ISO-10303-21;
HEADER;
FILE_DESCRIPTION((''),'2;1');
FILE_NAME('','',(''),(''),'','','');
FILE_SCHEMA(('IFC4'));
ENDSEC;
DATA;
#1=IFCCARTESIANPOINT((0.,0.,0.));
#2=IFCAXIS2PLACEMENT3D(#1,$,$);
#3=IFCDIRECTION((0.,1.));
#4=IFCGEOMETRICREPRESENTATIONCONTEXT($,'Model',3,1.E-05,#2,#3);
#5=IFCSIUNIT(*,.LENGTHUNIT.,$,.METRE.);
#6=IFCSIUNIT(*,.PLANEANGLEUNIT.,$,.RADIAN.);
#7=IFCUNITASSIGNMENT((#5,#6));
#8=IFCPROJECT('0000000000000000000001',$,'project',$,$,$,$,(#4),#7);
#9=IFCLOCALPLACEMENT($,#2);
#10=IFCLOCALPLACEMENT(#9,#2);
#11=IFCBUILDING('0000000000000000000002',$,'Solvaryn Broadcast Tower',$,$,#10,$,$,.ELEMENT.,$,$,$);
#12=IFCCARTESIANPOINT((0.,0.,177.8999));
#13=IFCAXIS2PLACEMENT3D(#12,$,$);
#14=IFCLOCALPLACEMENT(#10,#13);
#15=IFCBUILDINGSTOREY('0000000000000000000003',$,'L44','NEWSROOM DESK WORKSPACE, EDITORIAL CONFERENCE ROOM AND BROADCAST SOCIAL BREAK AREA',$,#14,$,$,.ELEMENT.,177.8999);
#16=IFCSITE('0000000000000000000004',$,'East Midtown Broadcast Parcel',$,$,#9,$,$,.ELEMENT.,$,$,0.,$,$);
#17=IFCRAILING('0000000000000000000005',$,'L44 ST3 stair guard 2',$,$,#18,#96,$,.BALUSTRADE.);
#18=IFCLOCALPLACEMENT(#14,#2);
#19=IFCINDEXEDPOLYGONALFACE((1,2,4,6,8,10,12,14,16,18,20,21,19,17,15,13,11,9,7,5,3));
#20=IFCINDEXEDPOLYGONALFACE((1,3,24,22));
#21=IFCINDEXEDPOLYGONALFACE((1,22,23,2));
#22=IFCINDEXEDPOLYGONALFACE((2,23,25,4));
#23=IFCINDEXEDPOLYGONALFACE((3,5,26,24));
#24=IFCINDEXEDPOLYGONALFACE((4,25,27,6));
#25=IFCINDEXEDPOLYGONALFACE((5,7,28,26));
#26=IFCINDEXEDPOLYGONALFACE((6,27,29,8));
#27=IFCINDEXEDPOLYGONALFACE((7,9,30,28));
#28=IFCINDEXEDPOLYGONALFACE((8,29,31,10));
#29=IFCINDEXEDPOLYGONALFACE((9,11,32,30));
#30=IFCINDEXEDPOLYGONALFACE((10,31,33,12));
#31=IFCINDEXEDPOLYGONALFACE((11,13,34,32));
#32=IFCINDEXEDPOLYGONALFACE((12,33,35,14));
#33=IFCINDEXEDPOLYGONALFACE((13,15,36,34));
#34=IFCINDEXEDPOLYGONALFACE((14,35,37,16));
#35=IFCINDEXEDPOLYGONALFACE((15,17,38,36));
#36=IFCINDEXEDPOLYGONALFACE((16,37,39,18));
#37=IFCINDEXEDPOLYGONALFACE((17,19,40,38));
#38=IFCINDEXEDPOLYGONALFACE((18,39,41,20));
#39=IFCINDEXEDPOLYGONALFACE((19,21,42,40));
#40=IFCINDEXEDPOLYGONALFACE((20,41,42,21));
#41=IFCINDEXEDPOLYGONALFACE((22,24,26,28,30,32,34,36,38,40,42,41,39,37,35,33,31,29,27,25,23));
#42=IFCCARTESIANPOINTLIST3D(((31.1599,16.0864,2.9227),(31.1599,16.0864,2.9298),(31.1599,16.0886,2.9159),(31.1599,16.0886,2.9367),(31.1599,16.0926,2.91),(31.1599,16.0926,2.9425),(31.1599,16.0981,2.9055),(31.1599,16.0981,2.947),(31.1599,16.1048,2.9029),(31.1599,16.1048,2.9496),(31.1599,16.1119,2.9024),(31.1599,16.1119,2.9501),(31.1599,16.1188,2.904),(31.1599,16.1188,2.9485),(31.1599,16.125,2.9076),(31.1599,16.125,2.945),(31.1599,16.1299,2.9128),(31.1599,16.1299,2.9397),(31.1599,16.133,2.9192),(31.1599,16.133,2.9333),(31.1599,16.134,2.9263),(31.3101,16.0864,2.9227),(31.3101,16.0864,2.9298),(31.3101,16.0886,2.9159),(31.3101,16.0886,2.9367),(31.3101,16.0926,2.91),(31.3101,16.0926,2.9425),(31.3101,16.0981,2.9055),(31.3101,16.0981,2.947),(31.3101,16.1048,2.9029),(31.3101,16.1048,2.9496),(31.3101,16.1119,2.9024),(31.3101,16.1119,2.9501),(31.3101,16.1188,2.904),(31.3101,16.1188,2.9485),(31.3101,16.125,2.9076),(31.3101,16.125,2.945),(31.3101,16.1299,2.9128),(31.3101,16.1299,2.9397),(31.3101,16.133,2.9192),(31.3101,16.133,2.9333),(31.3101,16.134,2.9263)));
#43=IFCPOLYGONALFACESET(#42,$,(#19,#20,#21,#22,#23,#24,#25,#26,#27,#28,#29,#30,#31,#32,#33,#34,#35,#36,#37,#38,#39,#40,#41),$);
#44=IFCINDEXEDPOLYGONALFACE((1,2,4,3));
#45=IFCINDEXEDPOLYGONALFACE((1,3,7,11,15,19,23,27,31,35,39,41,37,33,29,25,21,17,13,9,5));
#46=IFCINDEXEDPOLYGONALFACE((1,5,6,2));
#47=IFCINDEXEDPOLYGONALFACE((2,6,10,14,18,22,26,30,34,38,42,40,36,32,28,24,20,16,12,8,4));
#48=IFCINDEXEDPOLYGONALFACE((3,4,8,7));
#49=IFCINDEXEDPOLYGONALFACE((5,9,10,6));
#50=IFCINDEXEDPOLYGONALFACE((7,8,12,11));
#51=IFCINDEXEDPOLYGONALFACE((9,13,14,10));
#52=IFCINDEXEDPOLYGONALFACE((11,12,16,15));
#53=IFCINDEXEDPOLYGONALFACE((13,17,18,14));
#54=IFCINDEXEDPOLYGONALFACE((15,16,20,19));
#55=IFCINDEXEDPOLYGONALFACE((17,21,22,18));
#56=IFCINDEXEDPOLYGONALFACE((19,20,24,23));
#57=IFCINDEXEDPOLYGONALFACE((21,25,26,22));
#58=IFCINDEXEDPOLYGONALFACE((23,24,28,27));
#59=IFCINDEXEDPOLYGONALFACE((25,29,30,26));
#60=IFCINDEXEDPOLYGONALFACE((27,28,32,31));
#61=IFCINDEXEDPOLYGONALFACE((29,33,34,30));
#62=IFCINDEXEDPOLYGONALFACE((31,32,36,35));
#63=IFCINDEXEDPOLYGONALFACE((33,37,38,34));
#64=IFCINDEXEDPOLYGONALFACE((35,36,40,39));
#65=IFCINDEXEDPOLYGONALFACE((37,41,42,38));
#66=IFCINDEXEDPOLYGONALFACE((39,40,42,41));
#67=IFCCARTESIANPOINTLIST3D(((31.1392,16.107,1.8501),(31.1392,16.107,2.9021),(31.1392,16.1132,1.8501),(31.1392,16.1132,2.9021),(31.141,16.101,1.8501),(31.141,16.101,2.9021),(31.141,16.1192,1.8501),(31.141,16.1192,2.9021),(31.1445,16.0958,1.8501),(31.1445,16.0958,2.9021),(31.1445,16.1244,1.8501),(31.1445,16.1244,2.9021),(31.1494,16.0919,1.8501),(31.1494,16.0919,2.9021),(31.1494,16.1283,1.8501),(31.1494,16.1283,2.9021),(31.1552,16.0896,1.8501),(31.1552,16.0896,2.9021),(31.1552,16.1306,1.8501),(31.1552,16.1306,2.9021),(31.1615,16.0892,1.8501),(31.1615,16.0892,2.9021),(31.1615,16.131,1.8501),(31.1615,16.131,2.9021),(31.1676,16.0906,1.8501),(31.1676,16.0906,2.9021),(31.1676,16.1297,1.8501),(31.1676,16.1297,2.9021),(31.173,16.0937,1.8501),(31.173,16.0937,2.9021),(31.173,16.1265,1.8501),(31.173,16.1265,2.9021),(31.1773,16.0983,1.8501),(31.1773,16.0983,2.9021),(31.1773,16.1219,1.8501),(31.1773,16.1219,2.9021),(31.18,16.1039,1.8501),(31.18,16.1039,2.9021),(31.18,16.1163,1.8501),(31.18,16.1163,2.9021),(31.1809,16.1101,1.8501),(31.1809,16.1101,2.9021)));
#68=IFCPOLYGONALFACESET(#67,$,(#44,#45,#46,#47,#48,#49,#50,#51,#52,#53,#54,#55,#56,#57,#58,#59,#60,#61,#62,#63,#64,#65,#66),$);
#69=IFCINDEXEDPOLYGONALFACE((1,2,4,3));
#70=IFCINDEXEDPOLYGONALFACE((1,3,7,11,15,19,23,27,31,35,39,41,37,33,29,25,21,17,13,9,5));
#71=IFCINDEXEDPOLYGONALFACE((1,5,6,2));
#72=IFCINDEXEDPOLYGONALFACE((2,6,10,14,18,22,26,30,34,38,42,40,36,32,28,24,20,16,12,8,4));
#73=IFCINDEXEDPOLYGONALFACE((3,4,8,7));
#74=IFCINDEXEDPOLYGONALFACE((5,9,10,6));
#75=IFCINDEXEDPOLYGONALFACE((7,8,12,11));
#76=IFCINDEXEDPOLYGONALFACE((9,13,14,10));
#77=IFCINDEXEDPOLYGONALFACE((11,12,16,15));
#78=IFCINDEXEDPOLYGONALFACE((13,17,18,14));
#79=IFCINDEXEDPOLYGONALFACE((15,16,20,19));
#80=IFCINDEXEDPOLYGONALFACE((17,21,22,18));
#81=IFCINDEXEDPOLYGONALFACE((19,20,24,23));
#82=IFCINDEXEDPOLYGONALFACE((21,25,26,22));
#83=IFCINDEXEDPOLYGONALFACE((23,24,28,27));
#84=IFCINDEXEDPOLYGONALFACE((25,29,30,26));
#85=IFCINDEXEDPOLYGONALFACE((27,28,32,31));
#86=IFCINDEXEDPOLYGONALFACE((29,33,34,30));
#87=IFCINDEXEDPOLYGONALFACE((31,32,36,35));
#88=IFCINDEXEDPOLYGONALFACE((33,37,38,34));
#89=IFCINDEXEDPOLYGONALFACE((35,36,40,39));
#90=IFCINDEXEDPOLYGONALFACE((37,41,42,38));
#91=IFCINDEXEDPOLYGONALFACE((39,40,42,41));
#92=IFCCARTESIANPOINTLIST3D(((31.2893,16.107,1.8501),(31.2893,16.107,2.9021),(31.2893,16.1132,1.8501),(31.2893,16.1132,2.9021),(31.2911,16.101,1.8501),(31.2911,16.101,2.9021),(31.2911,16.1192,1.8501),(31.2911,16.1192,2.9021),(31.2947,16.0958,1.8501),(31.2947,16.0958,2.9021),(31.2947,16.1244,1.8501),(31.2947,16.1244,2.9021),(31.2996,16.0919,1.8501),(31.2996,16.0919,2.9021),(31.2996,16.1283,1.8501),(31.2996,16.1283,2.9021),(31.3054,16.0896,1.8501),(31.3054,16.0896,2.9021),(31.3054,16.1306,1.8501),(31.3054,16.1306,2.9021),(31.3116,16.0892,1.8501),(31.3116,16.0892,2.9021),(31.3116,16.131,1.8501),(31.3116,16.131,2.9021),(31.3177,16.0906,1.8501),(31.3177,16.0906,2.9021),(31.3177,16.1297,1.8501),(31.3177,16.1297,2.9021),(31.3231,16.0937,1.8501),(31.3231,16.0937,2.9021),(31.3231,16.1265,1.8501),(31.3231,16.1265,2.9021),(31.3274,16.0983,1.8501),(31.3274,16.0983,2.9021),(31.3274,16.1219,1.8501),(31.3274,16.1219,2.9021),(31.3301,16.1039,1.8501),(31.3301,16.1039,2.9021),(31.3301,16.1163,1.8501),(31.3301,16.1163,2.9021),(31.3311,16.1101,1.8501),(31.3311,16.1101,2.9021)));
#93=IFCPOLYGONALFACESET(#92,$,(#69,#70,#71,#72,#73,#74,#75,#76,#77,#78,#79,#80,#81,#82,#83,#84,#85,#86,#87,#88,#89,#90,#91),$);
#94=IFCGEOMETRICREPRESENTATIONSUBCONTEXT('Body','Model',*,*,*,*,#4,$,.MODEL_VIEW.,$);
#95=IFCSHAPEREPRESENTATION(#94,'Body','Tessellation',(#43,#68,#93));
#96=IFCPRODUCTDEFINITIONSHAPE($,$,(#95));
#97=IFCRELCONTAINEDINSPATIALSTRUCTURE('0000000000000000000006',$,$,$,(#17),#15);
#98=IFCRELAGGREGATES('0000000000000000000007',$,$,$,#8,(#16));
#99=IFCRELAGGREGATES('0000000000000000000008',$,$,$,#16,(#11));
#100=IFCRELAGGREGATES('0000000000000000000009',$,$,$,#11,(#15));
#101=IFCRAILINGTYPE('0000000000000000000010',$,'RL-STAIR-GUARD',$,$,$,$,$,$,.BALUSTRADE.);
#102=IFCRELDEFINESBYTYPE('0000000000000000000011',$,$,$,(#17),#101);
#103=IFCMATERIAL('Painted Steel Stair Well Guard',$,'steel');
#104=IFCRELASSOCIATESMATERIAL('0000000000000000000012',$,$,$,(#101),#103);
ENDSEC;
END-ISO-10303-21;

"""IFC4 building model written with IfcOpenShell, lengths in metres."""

from ifc_helpers import new_model, si_unit, direction, frame, origin, origin_2d, place, context, subcontext, project, spatial, circle, extrude, material, type_object, element, save


model = new_model("IFC4")

# Units and contexts
model_context = context("Model", 3, precision=1e-05, world=origin(), true_north=direction((0.0, 1.0)))
body_context = subcontext(model_context, "Body", "Model", "MODEL_VIEW")
ifc_project = project(units=[si_unit("LENGTHUNIT", "METRE"), si_unit("PLANEANGLEUNIT", "RADIAN")], contexts=[model_context])

# Site, building, storey
site_placement = place(None, origin())
site = spatial("IfcSite", under=ifc_project, at=site_placement, Name="East Midtown Broadcast Parcel", CompositionType="ELEMENT", RefElevation=0.0)
building_placement = place(site_placement, origin())
building = spatial("IfcBuilding", under=site, at=building_placement, Name="Solvaryn Broadcast Tower", CompositionType="ELEMENT")
storey_placement = place(building_placement, frame((0.0, 0.0, 177.8999)))
storey = spatial("IfcBuildingStorey", under=building, at=storey_placement, Name="L44", Description="NEWSROOM DESK WORKSPACE, EDITORIAL CONFERENCE ROOM AND BROADCAST SOCIAL BREAK AREA", CompositionType="ELEMENT", Elevation=177.8999)

# Railing
ifc_material_1 = material(Name="Painted Steel Stair Well Guard", Category="steel")
railing_type_1 = type_object("IfcRailingType", Name="RL-STAIR-GUARD", PredefinedType="BALUSTRADE", material=ifc_material_1)
railing_1_placement = place(storey_placement, frame((31.1599, 16.1101, 1.8501)))
element("IfcRailing", 1, at=railing_1_placement, inside=storey, type_object=railing_type_1, Name="L44 ST3 stair guard 2", PredefinedType="BALUSTRADE", context=body_context, shape_type="SweptSolid", body=[
    extrude(circle(Radius=0.0239, at=origin_2d()), frame((0.0, 0.0, 1.0762), z_axis=(1.0, 0.0, 0.0), x_axis=(0.0, 1.0, 0.0)), (0.0, 0.0, 1.0), 0.1501),
    extrude(circle(Radius=0.021, at=origin_2d()), origin(), (0.0, 0.0, 1.0), 1.052),
    extrude(circle(Radius=0.021, at=origin_2d()), frame((0.1501, 0.0, 0.0)), (0.0, 0.0, 1.0), 1.052),
])

save(model, "model.ifc")
